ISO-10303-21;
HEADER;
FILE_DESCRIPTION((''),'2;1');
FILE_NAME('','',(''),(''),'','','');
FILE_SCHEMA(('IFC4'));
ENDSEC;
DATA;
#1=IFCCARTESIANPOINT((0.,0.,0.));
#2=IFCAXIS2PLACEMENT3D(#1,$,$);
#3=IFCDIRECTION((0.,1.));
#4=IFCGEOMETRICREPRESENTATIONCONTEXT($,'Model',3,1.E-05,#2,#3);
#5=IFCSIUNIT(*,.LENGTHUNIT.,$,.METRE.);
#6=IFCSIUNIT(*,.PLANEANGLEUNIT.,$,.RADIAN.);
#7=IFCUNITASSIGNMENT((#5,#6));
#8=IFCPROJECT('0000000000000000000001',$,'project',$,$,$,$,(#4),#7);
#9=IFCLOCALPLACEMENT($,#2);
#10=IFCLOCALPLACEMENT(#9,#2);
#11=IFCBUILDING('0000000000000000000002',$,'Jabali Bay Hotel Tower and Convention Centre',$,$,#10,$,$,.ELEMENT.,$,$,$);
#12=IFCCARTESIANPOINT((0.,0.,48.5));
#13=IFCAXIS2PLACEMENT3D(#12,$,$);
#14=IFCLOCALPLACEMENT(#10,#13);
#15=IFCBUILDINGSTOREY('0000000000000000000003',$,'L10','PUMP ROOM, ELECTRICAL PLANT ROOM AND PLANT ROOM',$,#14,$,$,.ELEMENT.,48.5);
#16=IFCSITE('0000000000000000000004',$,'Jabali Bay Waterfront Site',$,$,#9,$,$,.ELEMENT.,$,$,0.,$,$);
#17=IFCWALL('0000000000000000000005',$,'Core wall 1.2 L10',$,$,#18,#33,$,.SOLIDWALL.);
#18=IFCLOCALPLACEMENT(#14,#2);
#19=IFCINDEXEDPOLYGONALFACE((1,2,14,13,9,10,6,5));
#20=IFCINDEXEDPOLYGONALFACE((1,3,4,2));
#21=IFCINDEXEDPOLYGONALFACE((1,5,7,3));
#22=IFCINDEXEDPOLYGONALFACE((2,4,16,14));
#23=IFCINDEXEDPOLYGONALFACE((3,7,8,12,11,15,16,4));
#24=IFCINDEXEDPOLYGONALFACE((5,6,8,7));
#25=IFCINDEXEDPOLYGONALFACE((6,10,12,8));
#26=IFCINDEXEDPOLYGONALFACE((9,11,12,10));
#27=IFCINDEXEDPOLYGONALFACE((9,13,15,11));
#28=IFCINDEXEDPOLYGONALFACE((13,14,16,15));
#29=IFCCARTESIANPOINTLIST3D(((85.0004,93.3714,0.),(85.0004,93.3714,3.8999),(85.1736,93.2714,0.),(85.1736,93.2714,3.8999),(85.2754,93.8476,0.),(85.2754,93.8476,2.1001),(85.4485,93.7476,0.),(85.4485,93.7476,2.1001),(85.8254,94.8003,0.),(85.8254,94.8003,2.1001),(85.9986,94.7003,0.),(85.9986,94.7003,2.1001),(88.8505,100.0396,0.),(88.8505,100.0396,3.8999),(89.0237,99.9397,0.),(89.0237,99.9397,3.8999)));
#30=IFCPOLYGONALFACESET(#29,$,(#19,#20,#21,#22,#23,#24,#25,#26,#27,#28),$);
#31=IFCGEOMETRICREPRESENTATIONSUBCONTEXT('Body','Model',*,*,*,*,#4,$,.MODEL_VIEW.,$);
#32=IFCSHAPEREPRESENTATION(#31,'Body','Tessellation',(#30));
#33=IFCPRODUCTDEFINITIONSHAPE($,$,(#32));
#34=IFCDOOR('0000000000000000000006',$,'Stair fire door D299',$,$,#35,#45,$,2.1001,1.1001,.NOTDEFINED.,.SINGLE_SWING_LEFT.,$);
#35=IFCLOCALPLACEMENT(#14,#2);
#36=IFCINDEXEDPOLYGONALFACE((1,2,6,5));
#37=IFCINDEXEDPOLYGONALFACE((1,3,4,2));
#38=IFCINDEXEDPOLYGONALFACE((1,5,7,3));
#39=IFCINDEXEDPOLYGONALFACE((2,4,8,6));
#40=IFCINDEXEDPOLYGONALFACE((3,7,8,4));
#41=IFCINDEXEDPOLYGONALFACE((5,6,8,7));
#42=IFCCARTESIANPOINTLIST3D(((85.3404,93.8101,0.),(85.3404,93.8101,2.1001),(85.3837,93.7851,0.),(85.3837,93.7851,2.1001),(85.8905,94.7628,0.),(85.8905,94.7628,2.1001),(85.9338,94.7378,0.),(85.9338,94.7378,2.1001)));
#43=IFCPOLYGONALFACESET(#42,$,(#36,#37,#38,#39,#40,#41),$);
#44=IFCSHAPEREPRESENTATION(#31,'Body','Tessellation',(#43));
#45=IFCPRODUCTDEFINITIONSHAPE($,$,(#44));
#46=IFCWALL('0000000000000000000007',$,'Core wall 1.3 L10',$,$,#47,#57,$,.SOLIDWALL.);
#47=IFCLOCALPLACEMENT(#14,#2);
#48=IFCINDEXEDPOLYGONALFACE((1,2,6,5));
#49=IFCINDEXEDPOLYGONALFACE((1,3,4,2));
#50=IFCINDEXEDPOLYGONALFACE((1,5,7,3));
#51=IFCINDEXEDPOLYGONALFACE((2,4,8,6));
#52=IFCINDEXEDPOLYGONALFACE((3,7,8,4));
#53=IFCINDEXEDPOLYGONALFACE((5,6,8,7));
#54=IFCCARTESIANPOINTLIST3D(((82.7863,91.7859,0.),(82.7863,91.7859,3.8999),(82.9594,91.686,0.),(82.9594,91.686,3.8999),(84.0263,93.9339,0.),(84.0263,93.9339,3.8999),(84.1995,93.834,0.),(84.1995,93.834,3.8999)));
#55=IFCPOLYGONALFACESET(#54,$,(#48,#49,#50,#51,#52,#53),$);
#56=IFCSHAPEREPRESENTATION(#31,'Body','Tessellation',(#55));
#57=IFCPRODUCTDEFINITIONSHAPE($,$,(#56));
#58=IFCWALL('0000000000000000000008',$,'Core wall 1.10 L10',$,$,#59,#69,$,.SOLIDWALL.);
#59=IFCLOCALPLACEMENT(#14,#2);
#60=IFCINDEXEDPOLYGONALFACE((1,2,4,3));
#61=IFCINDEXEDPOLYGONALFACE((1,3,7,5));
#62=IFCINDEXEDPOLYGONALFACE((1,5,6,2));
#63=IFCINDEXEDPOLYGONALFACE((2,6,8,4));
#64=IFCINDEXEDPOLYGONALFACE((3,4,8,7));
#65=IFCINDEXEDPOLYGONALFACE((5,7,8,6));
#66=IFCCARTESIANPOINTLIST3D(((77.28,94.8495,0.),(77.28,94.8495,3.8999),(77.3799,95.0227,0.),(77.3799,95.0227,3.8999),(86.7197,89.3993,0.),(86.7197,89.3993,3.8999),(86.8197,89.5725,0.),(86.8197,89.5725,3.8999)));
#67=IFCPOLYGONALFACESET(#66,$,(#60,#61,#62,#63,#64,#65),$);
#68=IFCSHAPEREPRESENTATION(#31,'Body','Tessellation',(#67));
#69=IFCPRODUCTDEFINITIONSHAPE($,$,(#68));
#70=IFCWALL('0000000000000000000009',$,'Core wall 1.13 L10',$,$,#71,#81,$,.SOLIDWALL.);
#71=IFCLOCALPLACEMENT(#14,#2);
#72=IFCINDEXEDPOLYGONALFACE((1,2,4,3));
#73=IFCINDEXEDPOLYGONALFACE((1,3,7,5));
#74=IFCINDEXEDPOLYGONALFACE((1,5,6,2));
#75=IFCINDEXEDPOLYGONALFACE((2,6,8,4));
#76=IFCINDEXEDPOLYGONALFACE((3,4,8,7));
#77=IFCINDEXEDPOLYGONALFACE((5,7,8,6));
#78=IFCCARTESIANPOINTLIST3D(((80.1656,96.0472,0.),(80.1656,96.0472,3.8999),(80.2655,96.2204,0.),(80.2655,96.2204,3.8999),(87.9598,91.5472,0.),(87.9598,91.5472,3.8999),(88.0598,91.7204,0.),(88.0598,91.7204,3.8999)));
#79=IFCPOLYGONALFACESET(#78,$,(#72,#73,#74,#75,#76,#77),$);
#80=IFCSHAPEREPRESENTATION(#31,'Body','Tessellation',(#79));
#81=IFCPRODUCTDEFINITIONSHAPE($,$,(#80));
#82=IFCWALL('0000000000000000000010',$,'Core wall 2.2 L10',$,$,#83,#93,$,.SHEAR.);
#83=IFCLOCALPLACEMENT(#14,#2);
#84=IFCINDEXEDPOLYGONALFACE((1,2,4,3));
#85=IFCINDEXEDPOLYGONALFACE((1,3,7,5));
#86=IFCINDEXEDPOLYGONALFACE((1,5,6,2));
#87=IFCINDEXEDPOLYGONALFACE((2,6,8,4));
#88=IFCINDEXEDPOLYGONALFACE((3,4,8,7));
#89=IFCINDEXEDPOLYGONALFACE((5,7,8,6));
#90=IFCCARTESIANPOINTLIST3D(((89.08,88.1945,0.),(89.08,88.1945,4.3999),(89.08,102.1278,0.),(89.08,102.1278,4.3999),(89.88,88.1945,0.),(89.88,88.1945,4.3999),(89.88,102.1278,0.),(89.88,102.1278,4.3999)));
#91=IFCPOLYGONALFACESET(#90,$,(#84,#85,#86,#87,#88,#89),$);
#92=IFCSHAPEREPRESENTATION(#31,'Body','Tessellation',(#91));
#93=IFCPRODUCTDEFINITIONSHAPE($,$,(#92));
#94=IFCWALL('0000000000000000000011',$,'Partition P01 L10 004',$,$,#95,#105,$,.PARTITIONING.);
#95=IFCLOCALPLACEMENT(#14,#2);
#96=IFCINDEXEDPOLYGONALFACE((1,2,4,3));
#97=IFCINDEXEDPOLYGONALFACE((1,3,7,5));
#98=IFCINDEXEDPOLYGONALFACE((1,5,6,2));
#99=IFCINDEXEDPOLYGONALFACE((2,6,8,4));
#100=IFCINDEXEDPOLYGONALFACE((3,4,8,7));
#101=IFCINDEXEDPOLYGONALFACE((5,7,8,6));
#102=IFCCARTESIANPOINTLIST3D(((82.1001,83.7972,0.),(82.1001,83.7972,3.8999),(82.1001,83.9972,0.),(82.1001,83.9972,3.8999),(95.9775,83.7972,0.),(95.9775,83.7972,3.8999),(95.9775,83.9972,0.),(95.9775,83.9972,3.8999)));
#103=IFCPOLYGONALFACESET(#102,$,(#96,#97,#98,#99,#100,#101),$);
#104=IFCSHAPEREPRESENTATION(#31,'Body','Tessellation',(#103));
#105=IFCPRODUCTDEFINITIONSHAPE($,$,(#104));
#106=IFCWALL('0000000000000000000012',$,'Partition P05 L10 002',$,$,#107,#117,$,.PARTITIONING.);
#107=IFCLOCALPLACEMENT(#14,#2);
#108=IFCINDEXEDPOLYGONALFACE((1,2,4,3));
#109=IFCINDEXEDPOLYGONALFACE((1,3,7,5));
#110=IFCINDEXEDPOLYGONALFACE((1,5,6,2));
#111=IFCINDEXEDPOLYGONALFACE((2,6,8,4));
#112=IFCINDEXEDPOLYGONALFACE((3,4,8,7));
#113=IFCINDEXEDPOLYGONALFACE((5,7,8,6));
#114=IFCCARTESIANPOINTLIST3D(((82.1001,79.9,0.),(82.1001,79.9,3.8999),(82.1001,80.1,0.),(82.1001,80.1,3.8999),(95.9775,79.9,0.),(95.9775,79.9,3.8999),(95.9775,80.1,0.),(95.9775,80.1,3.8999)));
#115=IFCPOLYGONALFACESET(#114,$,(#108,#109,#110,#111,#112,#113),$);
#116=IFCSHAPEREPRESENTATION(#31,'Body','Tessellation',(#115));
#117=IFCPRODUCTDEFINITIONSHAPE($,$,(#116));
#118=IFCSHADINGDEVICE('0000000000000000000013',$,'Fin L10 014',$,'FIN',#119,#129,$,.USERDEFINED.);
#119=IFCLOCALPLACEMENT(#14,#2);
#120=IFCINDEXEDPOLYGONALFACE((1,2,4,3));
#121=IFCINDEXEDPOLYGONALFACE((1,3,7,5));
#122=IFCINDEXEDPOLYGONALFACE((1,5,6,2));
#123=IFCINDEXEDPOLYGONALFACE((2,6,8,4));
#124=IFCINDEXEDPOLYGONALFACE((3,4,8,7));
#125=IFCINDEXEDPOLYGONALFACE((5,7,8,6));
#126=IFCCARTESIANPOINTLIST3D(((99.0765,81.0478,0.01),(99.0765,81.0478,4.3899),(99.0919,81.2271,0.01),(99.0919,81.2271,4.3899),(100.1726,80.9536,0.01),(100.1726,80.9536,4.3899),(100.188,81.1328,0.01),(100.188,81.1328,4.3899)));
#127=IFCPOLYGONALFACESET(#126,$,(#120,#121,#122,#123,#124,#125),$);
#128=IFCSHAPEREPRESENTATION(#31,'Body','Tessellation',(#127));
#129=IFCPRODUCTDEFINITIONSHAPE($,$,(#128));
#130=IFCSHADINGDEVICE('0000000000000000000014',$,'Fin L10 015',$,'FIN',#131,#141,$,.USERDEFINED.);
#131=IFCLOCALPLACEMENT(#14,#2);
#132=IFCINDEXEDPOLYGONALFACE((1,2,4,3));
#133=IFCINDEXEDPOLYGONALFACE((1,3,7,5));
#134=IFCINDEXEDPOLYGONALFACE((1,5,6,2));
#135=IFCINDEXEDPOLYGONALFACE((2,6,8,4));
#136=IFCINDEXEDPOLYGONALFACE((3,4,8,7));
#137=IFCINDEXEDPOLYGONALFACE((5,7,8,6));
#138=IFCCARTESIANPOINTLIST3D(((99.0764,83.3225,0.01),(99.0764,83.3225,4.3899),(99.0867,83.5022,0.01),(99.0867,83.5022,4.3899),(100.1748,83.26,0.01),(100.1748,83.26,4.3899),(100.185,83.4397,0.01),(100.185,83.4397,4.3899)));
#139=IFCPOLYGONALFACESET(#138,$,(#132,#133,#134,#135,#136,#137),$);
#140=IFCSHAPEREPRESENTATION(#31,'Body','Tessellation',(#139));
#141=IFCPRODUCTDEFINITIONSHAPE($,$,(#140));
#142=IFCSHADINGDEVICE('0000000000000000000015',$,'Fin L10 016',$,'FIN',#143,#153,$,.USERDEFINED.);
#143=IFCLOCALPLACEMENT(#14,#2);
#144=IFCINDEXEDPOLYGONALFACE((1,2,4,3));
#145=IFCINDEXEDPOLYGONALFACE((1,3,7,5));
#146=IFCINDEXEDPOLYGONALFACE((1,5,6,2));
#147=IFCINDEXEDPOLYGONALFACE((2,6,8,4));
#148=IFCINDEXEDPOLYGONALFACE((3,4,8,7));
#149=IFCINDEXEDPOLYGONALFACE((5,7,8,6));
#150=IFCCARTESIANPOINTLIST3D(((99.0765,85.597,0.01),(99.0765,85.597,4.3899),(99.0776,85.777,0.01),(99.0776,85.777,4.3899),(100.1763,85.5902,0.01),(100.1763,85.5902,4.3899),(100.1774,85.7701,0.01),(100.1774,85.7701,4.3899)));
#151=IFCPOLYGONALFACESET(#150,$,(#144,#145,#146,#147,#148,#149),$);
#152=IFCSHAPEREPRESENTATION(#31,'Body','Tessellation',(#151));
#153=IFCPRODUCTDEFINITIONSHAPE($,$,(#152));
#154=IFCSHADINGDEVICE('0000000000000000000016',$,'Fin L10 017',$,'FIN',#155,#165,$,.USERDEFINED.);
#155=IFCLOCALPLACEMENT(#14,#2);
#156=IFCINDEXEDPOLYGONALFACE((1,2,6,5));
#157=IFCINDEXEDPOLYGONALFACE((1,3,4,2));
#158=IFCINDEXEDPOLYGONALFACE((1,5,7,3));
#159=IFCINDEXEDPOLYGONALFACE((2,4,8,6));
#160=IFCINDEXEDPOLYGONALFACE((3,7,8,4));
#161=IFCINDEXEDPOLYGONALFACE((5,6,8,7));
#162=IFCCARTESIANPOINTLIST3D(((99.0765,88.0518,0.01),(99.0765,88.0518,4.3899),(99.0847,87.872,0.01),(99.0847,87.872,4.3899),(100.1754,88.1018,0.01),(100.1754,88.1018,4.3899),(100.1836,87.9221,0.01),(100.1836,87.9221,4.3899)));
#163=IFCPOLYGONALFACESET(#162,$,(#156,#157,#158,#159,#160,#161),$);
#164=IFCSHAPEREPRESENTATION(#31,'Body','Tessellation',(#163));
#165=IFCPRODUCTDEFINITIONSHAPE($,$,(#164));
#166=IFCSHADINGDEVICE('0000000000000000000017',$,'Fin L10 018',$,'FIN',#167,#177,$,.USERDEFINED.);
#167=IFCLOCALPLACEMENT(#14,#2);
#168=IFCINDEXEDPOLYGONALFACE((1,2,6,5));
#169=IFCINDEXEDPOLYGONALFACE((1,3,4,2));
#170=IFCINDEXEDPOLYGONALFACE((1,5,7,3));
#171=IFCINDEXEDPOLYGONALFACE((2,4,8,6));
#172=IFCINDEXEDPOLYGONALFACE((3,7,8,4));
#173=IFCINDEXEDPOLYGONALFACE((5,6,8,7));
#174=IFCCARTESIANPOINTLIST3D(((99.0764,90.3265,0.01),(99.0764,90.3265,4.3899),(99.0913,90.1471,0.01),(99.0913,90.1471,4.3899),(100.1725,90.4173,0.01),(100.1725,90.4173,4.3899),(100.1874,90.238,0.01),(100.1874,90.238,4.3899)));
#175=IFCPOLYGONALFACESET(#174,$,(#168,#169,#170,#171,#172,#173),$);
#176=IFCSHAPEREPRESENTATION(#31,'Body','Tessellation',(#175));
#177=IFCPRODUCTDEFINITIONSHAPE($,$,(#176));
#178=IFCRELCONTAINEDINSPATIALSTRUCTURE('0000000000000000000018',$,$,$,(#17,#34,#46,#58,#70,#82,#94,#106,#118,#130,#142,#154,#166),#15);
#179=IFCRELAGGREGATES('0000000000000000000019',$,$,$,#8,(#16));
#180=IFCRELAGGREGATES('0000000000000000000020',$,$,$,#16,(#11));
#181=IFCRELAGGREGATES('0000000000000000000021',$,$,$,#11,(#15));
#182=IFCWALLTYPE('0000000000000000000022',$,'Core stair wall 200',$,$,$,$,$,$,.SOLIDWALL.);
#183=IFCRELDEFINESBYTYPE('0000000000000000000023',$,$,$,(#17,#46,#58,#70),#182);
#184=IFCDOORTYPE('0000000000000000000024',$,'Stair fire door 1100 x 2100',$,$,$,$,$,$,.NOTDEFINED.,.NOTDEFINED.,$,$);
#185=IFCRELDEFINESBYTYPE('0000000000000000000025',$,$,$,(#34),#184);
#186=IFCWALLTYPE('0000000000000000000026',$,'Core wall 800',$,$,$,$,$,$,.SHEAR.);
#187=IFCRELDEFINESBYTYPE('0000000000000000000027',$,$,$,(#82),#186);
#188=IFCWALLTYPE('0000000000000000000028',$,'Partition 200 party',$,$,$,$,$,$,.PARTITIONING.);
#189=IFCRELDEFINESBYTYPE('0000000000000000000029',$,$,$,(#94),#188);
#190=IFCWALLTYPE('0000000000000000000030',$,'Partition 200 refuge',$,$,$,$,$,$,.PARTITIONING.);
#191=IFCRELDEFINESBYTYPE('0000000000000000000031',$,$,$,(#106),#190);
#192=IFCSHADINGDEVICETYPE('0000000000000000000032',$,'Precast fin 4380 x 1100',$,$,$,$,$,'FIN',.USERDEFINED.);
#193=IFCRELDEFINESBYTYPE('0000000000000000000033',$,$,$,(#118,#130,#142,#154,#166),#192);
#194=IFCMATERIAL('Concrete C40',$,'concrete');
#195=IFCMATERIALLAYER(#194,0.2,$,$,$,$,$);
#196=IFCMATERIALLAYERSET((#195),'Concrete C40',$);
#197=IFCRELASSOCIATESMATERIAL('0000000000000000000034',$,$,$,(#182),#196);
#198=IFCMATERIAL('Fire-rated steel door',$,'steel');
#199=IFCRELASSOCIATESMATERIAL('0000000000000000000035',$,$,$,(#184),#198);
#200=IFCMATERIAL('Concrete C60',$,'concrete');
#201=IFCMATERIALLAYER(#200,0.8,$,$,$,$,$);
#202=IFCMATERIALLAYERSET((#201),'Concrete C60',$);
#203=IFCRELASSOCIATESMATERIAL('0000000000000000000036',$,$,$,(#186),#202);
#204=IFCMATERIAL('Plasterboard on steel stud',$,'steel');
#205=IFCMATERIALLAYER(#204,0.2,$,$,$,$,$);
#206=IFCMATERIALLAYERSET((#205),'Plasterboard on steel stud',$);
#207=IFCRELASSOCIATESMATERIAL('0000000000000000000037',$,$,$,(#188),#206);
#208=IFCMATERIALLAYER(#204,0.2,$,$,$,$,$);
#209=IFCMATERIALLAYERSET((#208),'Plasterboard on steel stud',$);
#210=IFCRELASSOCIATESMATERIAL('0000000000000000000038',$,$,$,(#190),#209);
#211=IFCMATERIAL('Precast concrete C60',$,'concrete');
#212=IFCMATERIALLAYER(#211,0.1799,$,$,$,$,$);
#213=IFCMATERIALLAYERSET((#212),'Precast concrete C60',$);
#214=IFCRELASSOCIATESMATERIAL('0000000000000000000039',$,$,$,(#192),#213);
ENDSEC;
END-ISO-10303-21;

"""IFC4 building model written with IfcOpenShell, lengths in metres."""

from ifc_helpers import new_model, si_unit, direction, frame, frame_2d, origin, place, context, subcontext, project, spatial, rectangle, extrude, material, layer, layer_set, type_object, element, fill, save


model = new_model("IFC4")

# Units and contexts
model_context = context("Model", 3, precision=1e-05, world=origin(), true_north=direction((0.0, 1.0)))
body_context = subcontext(model_context, "Body", "Model", "MODEL_VIEW")
ifc_project = project(units=[si_unit("LENGTHUNIT", "METRE"), si_unit("PLANEANGLEUNIT", "RADIAN")], contexts=[model_context])

# Site, building, storey
site_placement = place(None, origin())
site = spatial("IfcSite", under=ifc_project, at=site_placement, Name="Jabali Bay Waterfront Site", CompositionType="ELEMENT", RefElevation=0.0)
building_placement = place(site_placement, origin())
building = spatial("IfcBuilding", under=site, at=building_placement, Name="Jabali Bay Hotel Tower and Convention Centre", CompositionType="ELEMENT")
storey_placement = place(building_placement, frame((0.0, 0.0, 48.5)))
storey = spatial("IfcBuildingStorey", under=building, at=storey_placement, Name="L10", Description="PUMP ROOM, ELECTRICAL PLANT ROOM AND PLANT ROOM", CompositionType="ELEMENT", Elevation=48.5)

# Shared definitions
ifc_material_1 = material(Name="Concrete C60", Category="concrete")

# Shared definitions
ifc_material_2 = material(Name="Concrete C40", Category="concrete")
ifc_material_3 = material(Name="Fire-rated steel door", Category="steel")

# Shared definitions
ifc_layer_1 = layer(ifc_material_2, 0.2)
ifc_layer_set_1 = layer_set([ifc_layer_1], Name="Concrete C40")
wall_type_1 = type_object("IfcWallType", Name="Core stair wall 200", PredefinedType="SOLIDWALL", material=ifc_layer_set_1)

# Wall, opening, door
wall_1_placement = place(storey_placement, frame((85.0869, 93.3213, 0.0), z_axis=(0.0, 0.0, 1.0), x_axis=(0.50002, 0.866014, 0.0)))
wall_1 = element("IfcWall", 1, at=wall_1_placement, inside=storey, type_object=wall_type_1, Name="Core wall 1.2 L10", PredefinedType="SOLIDWALL", context=body_context, shape_type="SweptSolid", body=[
    extrude(rectangle(XDim=7.7, YDim=0.2, at=frame_2d((3.8501, 0.0))), origin(), (0.0, 0.0, 1.0), 3.8999),
])
opening_1_placement = place(wall_1_placement, frame((0.55, 0.0, 0.0)))
opening_1 = element("IfcOpeningElement", 2, at=opening_1_placement, cuts=wall_1, PredefinedType="OPENING", context=body_context, shape_type="SweptSolid", body=[
    extrude(rectangle(XDim=1.1001, YDim=2.1001, at=frame_2d((0.55, 1.05))), frame((0.0, 0.1104, 0.0), z_axis=(0.0, -1.0, 0.0), x_axis=(1.0, 0.0, 0.0)), (0.0, 0.0, 1.0), 0.2209),
])
door_type_1 = type_object("IfcDoorType", Name="Stair fire door 1100 x 2100", OperationType="NOTDEFINED", PredefinedType="NOTDEFINED", material=ifc_material_3)
door_1_placement = place(opening_1_placement, origin())
door_1 = element("IfcDoor", 3, at=door_1_placement, inside=storey, type_object=door_type_1, Name="Stair fire door D299", OperationType="SINGLE_SWING_LEFT", OverallHeight=2.1001, OverallWidth=1.1001, PredefinedType="NOTDEFINED", context=body_context, shape_type="SweptSolid", body=[
    extrude(rectangle(XDim=1.1001, YDim=2.1001, at=frame_2d((0.55, 1.05))), frame((0.0, 0.0249, 0.0), z_axis=(0.0, -1.0, 0.0), x_axis=(1.0, 0.0, 0.0)), (0.0, 0.0, 1.0), 0.05),
])
fill(opening_1, door_1)

# Walls
wall_2_placement = place(storey_placement, frame((82.8728, 91.7358, 0.0), z_axis=(0.0, 0.0, 1.0), x_axis=(0.499961, 0.866048, 0.0)))
element("IfcWall", 4, at=wall_2_placement, inside=storey, type_object=wall_type_1, Name="Core wall 1.3 L10", PredefinedType="SOLIDWALL", context=body_context, shape_type="SweptSolid", body=[
    extrude(rectangle(XDim=2.4802, YDim=0.2, at=frame_2d((1.2402, 0.0))), origin(), (0.0, 0.0, 1.0), 3.8999),
])
wall_3_placement = place(storey_placement, frame((86.7698, 89.4858, 0.0), z_axis=(0.0, 0.0, 1.0), x_axis=(-0.866018, 0.500013, 0.0)))
element("IfcWall", 5, at=wall_3_placement, inside=storey, type_object=wall_type_1, Name="Core wall 1.10 L10", PredefinedType="SOLIDWALL", context=body_context, shape_type="SweptSolid", body=[
    extrude(rectangle(XDim=10.9001, YDim=0.2, at=frame_2d((5.4502, 0.0))), origin(), (0.0, 0.0, 1.0), 3.8999),
])
wall_4_placement = place(storey_placement, frame((88.0098, 91.6338, 0.0), z_axis=(0.0, 0.0, 1.0), x_axis=(-0.866024, 0.500002, 0.0)))
element("IfcWall", 6, at=wall_4_placement, inside=storey, type_object=wall_type_1, Name="Core wall 1.13 L10", PredefinedType="SOLIDWALL", context=body_context, shape_type="SweptSolid", body=[
    extrude(rectangle(XDim=9.0, YDim=0.2, at=frame_2d((4.5, 0.0))), origin(), (0.0, 0.0, 1.0), 3.8999),
])
ifc_layer_2 = layer(ifc_material_1, 0.8)
ifc_layer_set_2 = layer_set([ifc_layer_2], Name="Concrete C60")
wall_type_2 = type_object("IfcWallType", Name="Core wall 800", PredefinedType="SHEAR", material=ifc_layer_set_2)
wall_5_placement = place(storey_placement, frame((89.48, 88.1943, 0.0), z_axis=(0.0, 0.0, 1.0), x_axis=(0.0, 1.0, 0.0)))
element("IfcWall", 7, at=wall_5_placement, inside=storey, type_object=wall_type_2, Name="Core wall 2.2 L10", PredefinedType="SHEAR", context=body_context, shape_type="SweptSolid", body=[
    extrude(rectangle(XDim=13.9333, YDim=0.8, at=frame_2d((6.9668, 0.0))), origin(), (0.0, 0.0, 1.0), 4.3999),
])
ifc_material_4 = material(Name="Plasterboard on steel stud", Category="steel")
ifc_layer_3 = layer(ifc_material_4, 0.2)
ifc_layer_set_3 = layer_set([ifc_layer_3], Name="Plasterboard on steel stud")
wall_type_3 = type_object("IfcWallType", Name="Partition 200 party", PredefinedType="PARTITIONING", material=ifc_layer_set_3)
wall_6_placement = place(storey_placement, frame((95.9775, 83.8972, 0.0), z_axis=(0.0, 0.0, 1.0), x_axis=(-1.0, 0.0, 0.0)))
element("IfcWall", 8, at=wall_6_placement, inside=storey, type_object=wall_type_3, Name="Partition P01 L10 004", PredefinedType="PARTITIONING", context=body_context, shape_type="SweptSolid", body=[
    extrude(rectangle(XDim=13.8774, YDim=0.2, at=frame_2d((6.9387, 0.0))), origin(), (0.0, 0.0, 1.0), 3.8999),
])

# Wall
ifc_layer_4 = layer(ifc_material_4, 0.2)
ifc_layer_set_4 = layer_set([ifc_layer_4], Name="Plasterboard on steel stud")
wall_type_4 = type_object("IfcWallType", Name="Partition 200 refuge", PredefinedType="PARTITIONING", material=ifc_layer_set_4)
wall_7_placement = place(storey_placement, frame((95.9775, 80.0, 0.0), z_axis=(0.0, 0.0, 1.0), x_axis=(-1.0, 0.0, 0.0)))
element("IfcWall", 9, at=wall_7_placement, inside=storey, type_object=wall_type_4, Name="Partition P05 L10 002", PredefinedType="PARTITIONING", context=body_context, shape_type="SweptSolid", body=[
    extrude(rectangle(XDim=13.8774, YDim=0.2, at=frame_2d((6.9387, 0.0))), origin(), (0.0, 0.0, 1.0), 3.8999),
])

# Shading devices
ifc_material_5 = material(Name="Precast concrete C60", Category="concrete")
ifc_layer_5 = layer(ifc_material_5, 0.1799)
ifc_layer_set_5 = layer_set([ifc_layer_5], Name="Precast concrete C60")
shading_device_type = type_object("IfcShadingDeviceType", Name="Precast fin 4380 x 1100", ElementType="FIN", PredefinedType="USERDEFINED", material=ifc_layer_set_5)
for number, where, z_axis, x_axis, name in (
    (10, (99.0842, 81.1375, 0.01), (0.0, 0.0, 1.0), (0.996323, -0.085672, 0.0), "Fin L10 014"),
    (11, (99.0815, 83.4124, 0.01), (0.0, 0.0, 1.0), (0.998385, -0.05681, 0.0), "Fin L10 015"),
):
    element("IfcShadingDevice", number, at=place(storey_placement, frame(where, z_axis=z_axis, x_axis=x_axis)), inside=storey, type_object=shading_device_type, Name=name, ObjectType="FIN", PredefinedType="USERDEFINED", context=body_context, shape_type="SweptSolid", body=[
        extrude(rectangle(XDim=1.1001, YDim=0.1799, at=frame_2d((0.55, 0.0))), origin(), (0.0, 0.0, 1.0), 4.3799),
    ])
shading_device_1_placement = place(storey_placement, frame((99.0771, 85.687, 0.01), z_axis=(0.0, 0.0, 1.0), x_axis=(0.999981, -0.006215, 0.0)))
element("IfcShadingDevice", 12, at=shading_device_1_placement, inside=storey, type_object=shading_device_type, Name="Fin L10 016", ObjectType="FIN", PredefinedType="USERDEFINED", context=body_context, shape_type="SweptSolid", body=[
    extrude(rectangle(XDim=1.0999, YDim=0.1799, at=frame_2d((0.5498, 0.0))), origin(), (0.0, 0.0, 1.0), 4.3799),
])
shading_device_2_placement = place(storey_placement, frame((99.0806, 87.9619, 0.01), z_axis=(0.0, 0.0, 1.0), x_axis=(0.998964, 0.045498, 0.0)))
element("IfcShadingDevice", 13, at=shading_device_2_placement, inside=storey, type_object=shading_device_type, Name="Fin L10 017", ObjectType="FIN", PredefinedType="USERDEFINED", context=body_context, shape_type="SweptSolid", body=[
    extrude(rectangle(XDim=1.1001, YDim=0.1799, at=frame_2d((0.55, 0.0))), origin(), (0.0, 0.0, 1.0), 4.3799),
])
shading_device_3_placement = place(storey_placement, frame((99.084, 90.2368, 0.01), z_axis=(0.0, 0.0, 1.0), x_axis=(0.996585, 0.082568, 0.0)))
element("IfcShadingDevice", 14, at=shading_device_3_placement, inside=storey, type_object=shading_device_type, Name="Fin L10 018", ObjectType="FIN", PredefinedType="USERDEFINED", context=body_context, shape_type="SweptSolid", body=[
    extrude(rectangle(XDim=1.0999, YDim=0.1799, at=frame_2d((0.5498, 0.0))), origin(), (0.0, 0.0, 1.0), 4.3799),
])

save(model, "model.ifc")
